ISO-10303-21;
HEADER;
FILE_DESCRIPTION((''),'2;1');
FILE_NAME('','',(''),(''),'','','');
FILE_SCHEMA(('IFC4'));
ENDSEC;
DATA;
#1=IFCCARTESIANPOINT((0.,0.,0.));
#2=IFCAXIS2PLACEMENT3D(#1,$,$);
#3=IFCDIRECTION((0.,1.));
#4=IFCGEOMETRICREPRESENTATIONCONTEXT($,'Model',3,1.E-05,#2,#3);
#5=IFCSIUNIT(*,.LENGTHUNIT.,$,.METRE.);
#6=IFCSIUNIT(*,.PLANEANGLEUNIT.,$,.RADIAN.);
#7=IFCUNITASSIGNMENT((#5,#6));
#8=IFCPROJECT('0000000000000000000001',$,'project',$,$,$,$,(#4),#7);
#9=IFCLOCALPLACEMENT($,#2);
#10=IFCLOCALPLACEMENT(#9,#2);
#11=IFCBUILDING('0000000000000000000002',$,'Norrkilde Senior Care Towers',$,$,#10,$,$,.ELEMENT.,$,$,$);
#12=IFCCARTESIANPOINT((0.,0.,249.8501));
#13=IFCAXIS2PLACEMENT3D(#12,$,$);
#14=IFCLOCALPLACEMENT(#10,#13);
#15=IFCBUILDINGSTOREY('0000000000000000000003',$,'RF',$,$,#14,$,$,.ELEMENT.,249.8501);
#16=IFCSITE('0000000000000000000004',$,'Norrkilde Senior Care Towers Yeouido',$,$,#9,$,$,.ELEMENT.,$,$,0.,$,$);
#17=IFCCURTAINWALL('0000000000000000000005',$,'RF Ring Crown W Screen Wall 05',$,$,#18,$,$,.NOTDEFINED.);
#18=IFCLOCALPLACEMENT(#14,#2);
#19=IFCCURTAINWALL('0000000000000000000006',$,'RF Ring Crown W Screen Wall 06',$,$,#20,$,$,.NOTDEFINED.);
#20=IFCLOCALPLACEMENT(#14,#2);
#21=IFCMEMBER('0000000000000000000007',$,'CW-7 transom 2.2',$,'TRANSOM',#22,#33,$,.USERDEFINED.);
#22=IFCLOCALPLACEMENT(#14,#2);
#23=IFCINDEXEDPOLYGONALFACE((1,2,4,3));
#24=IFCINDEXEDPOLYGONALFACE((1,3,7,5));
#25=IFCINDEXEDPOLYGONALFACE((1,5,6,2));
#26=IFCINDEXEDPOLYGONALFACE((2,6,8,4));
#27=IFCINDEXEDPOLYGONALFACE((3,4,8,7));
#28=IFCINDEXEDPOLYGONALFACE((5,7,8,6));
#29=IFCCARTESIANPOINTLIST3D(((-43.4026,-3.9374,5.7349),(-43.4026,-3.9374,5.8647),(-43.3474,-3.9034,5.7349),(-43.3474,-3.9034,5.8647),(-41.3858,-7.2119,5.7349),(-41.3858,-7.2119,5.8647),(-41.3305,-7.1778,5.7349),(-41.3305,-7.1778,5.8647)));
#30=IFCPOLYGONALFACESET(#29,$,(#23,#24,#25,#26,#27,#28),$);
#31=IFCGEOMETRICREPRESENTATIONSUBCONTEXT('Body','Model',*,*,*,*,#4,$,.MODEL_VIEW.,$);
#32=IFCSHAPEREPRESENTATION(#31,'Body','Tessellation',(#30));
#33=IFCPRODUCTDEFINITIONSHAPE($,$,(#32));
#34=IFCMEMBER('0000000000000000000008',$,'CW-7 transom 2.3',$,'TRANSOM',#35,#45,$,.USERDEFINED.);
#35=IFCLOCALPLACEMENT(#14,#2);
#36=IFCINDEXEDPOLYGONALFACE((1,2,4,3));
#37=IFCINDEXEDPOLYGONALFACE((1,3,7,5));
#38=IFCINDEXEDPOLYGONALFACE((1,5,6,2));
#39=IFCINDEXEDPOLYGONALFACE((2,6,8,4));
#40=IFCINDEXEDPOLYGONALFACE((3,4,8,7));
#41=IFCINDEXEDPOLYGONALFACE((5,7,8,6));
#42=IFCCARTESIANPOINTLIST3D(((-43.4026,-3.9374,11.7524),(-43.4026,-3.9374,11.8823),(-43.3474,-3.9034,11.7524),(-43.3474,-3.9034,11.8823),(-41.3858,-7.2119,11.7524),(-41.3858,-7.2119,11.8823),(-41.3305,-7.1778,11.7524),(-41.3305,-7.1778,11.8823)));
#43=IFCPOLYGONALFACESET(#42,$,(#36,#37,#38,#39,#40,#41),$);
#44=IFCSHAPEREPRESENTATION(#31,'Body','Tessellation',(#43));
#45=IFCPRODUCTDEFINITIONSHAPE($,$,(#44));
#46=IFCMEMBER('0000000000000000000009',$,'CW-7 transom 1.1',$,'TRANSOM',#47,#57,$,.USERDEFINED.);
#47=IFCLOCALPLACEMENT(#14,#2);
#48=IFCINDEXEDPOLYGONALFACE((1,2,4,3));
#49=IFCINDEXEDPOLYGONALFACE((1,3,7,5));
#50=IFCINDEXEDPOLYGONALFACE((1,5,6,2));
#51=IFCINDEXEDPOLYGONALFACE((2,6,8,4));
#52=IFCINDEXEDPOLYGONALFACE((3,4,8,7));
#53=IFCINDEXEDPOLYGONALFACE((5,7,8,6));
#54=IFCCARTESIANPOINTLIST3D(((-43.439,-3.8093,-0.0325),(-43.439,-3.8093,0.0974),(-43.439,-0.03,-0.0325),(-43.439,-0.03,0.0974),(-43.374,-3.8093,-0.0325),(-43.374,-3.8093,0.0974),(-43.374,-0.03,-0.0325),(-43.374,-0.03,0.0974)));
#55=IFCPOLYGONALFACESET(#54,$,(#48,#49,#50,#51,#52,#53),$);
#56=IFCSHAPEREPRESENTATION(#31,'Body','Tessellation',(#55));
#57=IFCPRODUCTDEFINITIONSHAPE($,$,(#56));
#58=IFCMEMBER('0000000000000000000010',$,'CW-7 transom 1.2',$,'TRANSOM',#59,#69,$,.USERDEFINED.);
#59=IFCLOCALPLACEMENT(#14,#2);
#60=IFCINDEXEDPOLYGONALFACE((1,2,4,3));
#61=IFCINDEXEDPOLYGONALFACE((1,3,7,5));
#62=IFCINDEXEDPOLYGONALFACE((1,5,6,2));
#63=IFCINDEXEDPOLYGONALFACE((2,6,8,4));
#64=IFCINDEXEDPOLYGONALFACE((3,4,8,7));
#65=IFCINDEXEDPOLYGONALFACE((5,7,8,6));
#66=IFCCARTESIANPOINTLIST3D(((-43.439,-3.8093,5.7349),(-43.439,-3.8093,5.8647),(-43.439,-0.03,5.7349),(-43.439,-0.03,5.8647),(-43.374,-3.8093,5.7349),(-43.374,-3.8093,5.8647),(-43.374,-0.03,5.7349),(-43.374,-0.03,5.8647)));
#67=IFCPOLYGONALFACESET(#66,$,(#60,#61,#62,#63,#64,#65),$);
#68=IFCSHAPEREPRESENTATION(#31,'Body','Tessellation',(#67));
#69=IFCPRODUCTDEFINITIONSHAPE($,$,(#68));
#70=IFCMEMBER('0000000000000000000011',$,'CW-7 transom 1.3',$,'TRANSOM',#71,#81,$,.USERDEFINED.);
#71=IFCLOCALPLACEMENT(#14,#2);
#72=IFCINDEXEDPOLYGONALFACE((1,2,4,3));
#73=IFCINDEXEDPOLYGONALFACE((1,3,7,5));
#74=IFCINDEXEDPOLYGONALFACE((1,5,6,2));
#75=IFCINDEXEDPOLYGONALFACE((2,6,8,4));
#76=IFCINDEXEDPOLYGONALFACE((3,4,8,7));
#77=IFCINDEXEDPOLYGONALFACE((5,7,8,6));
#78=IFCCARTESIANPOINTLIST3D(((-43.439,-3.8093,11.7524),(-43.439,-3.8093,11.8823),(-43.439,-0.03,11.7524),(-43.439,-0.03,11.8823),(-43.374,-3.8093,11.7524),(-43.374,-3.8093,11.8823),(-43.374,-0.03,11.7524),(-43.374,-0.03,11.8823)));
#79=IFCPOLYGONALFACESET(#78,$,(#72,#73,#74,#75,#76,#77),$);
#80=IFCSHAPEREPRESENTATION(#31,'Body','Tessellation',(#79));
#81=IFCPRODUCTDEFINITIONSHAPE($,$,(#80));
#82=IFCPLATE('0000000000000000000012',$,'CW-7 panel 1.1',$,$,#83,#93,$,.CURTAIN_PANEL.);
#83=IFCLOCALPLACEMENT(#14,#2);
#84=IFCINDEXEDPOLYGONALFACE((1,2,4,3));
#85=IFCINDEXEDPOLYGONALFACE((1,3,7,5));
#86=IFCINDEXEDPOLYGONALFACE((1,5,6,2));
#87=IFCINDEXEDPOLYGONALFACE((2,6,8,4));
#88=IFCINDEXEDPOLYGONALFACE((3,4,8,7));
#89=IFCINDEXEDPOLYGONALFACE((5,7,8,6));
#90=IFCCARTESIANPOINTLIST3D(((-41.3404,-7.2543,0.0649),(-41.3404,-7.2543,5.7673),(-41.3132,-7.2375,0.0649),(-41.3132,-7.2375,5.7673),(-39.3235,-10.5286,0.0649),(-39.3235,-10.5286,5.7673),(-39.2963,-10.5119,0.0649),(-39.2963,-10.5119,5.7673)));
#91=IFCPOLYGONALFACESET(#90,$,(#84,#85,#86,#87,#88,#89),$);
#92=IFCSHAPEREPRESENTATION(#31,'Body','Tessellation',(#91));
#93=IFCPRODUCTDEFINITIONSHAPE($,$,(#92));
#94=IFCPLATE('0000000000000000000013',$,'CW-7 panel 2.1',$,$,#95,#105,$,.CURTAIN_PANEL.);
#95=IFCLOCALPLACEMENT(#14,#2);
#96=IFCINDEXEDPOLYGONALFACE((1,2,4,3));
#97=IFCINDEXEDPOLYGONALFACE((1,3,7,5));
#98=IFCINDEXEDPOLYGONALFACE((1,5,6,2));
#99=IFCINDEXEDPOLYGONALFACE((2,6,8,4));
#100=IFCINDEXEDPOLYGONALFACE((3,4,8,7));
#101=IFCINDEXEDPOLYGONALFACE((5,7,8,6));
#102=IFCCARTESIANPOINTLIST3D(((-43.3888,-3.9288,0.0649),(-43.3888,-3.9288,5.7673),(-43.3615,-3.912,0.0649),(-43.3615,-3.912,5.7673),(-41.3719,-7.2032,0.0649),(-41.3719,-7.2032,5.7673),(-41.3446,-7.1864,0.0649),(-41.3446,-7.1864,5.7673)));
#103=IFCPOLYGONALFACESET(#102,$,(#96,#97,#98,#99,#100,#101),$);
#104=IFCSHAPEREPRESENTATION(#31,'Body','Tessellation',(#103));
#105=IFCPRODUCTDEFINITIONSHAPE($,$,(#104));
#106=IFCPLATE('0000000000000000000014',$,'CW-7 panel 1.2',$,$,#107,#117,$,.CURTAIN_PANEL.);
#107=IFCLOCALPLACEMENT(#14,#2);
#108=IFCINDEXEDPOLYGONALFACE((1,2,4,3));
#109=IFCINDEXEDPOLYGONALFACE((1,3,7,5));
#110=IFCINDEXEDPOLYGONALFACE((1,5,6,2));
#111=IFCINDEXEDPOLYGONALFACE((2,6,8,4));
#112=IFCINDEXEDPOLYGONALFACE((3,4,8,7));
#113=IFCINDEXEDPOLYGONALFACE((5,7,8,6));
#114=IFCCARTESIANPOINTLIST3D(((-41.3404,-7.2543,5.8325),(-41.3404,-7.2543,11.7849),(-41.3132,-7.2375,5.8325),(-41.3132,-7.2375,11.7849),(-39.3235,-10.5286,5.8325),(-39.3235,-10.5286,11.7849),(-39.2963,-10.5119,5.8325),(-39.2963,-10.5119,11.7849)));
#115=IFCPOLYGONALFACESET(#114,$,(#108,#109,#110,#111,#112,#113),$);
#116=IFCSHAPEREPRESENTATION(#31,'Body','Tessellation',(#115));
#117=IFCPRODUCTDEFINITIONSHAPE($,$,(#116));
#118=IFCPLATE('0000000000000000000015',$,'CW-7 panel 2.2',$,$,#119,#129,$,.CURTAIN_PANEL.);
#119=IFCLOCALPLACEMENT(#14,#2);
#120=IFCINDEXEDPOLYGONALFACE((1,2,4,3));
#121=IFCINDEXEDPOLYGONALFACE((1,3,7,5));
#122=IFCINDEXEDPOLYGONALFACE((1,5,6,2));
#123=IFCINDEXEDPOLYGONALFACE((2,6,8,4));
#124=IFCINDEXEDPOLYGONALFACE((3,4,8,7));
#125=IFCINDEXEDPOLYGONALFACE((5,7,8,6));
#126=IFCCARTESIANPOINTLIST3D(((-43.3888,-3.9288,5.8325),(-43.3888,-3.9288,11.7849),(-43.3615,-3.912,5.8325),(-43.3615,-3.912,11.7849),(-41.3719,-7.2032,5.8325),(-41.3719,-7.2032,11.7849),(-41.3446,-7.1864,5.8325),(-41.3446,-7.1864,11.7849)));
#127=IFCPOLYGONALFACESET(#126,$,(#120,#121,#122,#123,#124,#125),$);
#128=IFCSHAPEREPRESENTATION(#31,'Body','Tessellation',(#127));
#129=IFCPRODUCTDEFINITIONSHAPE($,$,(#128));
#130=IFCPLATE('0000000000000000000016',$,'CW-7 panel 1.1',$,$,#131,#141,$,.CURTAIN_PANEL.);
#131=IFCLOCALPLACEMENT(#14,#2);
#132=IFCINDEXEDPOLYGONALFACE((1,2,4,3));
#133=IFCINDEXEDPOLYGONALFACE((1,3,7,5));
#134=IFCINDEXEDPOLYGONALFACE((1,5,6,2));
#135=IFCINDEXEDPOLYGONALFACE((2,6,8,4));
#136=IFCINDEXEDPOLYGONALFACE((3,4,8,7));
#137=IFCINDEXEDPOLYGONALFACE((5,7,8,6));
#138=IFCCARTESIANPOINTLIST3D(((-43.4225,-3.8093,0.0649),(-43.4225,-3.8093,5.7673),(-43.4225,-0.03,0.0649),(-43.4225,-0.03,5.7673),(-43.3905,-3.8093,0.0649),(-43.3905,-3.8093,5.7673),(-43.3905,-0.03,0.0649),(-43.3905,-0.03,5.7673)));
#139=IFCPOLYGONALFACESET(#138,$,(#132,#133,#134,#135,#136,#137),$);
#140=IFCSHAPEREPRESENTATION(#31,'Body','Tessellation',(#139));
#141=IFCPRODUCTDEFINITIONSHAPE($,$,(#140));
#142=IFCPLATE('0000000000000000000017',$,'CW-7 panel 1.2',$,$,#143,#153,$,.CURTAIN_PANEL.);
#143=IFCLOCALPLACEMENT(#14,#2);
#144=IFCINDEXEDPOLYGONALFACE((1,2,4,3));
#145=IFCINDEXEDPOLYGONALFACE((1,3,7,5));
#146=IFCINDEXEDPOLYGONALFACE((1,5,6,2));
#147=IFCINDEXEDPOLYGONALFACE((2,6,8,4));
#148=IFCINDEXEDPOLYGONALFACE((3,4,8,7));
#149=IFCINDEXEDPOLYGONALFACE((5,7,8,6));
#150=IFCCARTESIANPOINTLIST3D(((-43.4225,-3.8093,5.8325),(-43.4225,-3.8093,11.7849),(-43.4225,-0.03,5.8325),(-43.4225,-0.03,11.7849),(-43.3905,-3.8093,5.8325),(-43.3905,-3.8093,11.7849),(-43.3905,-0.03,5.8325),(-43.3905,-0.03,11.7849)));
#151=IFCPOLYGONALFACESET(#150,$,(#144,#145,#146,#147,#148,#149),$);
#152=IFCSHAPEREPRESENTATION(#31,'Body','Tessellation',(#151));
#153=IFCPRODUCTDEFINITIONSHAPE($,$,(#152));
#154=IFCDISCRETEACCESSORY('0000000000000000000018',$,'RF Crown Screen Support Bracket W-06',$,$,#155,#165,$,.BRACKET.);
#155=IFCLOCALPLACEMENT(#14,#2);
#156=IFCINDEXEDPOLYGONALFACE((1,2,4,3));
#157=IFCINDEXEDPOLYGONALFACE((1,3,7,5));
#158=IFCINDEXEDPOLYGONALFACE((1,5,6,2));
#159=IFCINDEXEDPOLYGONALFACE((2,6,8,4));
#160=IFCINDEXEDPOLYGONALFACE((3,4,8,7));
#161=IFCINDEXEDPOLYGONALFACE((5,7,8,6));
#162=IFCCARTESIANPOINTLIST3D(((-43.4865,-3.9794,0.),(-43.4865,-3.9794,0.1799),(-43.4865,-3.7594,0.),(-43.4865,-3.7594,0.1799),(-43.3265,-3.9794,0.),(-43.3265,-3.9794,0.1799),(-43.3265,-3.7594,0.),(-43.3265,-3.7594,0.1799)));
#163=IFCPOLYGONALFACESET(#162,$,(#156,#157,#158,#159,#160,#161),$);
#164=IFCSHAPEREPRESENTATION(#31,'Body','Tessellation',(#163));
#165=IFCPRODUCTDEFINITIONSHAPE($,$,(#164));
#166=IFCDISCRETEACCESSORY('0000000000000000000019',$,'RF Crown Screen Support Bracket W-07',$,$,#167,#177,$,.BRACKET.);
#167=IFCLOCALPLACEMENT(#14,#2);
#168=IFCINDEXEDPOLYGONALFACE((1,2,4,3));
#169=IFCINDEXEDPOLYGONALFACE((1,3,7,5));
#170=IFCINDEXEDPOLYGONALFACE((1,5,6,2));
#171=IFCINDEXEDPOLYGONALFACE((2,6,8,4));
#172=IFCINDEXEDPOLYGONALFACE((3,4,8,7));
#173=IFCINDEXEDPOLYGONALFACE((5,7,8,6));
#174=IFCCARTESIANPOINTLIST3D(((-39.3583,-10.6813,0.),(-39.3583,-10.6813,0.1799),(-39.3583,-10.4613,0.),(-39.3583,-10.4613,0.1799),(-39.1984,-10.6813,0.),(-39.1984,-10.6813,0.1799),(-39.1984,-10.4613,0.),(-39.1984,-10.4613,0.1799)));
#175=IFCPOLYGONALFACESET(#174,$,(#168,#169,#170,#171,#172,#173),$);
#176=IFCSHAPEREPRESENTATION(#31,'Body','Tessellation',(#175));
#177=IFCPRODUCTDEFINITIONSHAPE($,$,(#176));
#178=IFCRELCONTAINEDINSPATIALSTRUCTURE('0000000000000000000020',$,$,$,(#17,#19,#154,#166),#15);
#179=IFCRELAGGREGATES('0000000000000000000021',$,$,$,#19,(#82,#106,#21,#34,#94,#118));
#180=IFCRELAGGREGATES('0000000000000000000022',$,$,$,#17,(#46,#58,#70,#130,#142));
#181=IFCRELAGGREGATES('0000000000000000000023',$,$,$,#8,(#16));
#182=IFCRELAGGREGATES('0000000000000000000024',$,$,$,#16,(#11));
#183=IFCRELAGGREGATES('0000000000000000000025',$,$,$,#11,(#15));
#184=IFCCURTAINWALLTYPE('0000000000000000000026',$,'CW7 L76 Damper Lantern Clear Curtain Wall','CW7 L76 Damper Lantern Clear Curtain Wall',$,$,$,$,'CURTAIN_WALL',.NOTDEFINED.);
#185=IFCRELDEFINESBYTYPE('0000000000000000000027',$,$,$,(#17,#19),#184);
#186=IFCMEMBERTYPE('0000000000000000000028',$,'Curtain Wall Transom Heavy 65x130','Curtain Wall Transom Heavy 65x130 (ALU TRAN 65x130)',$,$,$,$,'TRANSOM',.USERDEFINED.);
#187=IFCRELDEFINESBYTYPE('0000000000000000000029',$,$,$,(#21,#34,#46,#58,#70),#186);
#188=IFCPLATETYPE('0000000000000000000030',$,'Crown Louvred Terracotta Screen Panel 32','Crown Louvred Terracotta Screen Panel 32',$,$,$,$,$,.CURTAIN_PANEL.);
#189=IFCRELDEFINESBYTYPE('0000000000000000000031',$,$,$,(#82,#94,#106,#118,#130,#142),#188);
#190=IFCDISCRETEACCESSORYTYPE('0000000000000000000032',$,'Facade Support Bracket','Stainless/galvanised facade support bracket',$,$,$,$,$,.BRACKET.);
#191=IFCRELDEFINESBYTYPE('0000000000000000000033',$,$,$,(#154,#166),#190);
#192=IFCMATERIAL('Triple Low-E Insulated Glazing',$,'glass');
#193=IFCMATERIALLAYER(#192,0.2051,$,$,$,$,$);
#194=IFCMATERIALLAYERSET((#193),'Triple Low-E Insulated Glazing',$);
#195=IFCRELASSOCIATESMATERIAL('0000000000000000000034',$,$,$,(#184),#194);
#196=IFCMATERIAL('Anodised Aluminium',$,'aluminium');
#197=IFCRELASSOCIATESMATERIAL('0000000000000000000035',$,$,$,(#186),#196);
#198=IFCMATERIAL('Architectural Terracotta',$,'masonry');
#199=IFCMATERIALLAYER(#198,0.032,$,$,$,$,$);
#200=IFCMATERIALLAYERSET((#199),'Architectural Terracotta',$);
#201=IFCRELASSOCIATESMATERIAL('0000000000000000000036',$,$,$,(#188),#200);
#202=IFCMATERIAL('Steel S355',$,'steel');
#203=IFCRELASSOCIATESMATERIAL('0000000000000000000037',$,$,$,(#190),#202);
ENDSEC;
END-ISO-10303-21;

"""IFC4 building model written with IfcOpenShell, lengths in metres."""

from ifc_helpers import new_model, si_unit, direction, frame, origin, origin_2d, place, context, subcontext, project, spatial, rectangle, extrude, source, transform, mapped, material, layer, layer_set, material_profile, profile_set, type_object, type_shapes, element, aggregate, save


model = new_model("IFC4")

# Units and contexts
model_context = context("Model", 3, precision=1e-05, world=origin(), true_north=direction((0.0, 1.0)))
body_context = subcontext(model_context, "Body", "Model", "MODEL_VIEW")
ifc_project = project(units=[si_unit("LENGTHUNIT", "METRE"), si_unit("PLANEANGLEUNIT", "RADIAN")], contexts=[model_context])

# Site, building, storey
site_placement = place(None, origin())
site = spatial("IfcSite", under=ifc_project, at=site_placement, Name="Norrkilde Senior Care Towers Yeouido", CompositionType="ELEMENT", RefElevation=0.0)
building_placement = place(site_placement, origin())
building = spatial("IfcBuilding", under=site, at=building_placement, Name="Norrkilde Senior Care Towers", CompositionType="ELEMENT")
storey_placement = place(building_placement, frame((0.0, 0.0, 249.8501)))
storey = spatial("IfcBuildingStorey", under=building, at=storey_placement, Name="RF", CompositionType="ELEMENT", Elevation=249.8501)

# Shared definitions
ifc_material_1 = material(Name="Steel S355", Category="steel")

# Curtain walls
ifc_material_2 = material(Name="Triple Low-E Insulated Glazing", Category="glass")
ifc_layer_1 = layer(ifc_material_2, 0.2051)
ifc_layer_set_1 = layer_set([ifc_layer_1], Name="Triple Low-E Insulated Glazing")
curtain_wall_type = type_object("IfcCurtainWallType", Name="CW7 L76 Damper Lantern Clear Curtain Wall", Description="CW7 L76 Damper Lantern Clear Curtain Wall", ElementType="CURTAIN_WALL", PredefinedType="NOTDEFINED", material=ifc_layer_set_1)
curtain_wall_1_placement = place(storey_placement, origin())
curtain_wall_1 = element("IfcCurtainWall", 1, at=curtain_wall_1_placement, inside=storey, type_object=curtain_wall_type, Name="RF Ring Crown W Screen Wall 05", PredefinedType="NOTDEFINED")
ifc_material_3 = material(Name="Anodised Aluminium", Category="aluminium")
curtain_wall_2_placement = place(storey_placement, origin())
curtain_wall_2 = element("IfcCurtainWall", 2, at=curtain_wall_2_placement, inside=storey, type_object=curtain_wall_type, Name="RF Ring Crown W Screen Wall 06", PredefinedType="NOTDEFINED")

# Members
ifc_material_profile_1 = material_profile(ifc_material_3, rectangle(XDim=0.0649, YDim=0.1299, at=origin_2d()), Name="ALU TRAN 65x130")
ifc_profile_set_1 = profile_set([ifc_material_profile_1], Name="Anodised Aluminium")
member_type_1 = type_object("IfcMemberType", Name="Curtain Wall Transom Heavy 65x130", Description="Curtain Wall Transom Heavy 65x130 (ALU TRAN 65x130)", ElementType="TRANSOM", PredefinedType="USERDEFINED", material=ifc_profile_set_1)
shared_shape_1 = source(origin(), body_context, "Body", "SweptSolid", [
    extrude(rectangle(XDim=0.0649, YDim=0.1299, at=origin_2d()), origin(), (0.0, 0.0, 1.0), 3.8457),
])
member_1_placement = place(storey_placement, frame((-41.3582, -7.1948, 5.7998), z_axis=(-0.524441, 0.851447, 0.0), x_axis=(-0.851447, -0.524441, 0.0)))
member_1 = element("IfcMember", 3, at=member_1_placement, type_object=member_type_1, Name="CW-7 transom 2.2", ObjectType="TRANSOM", PredefinedType="USERDEFINED", context=body_context, shape_type="MappedRepresentation", body=[
    mapped(shared_shape_1, transform((0.0, 0.0, 0.0), x_axis=(1.0, 0.0, 0.0), y_axis=(0.0, 1.0, 0.0), z_axis=(0.0, 0.0, 1.0), scale=1.0)),
])
member_2_placement = place(storey_placement, frame((-41.3582, -7.1948, 11.8174), z_axis=(-0.524441, 0.851447, 0.0), x_axis=(-0.851447, -0.524441, 0.0)))
member_2 = element("IfcMember", 4, at=member_2_placement, type_object=member_type_1, Name="CW-7 transom 2.3", ObjectType="TRANSOM", PredefinedType="USERDEFINED", context=body_context, shape_type="MappedRepresentation", body=[
    mapped(shared_shape_1, transform((0.0, 0.0, 0.0), x_axis=(1.0, 0.0, 0.0), y_axis=(0.0, 1.0, 0.0), z_axis=(0.0, 0.0, 1.0), scale=1.0)),
])
shared_shape_2 = source(origin(), body_context, "Body", "SweptSolid", [
    extrude(rectangle(XDim=0.0649, YDim=0.1299, at=origin_2d()), origin(), (0.0, 0.0, 1.0), 3.7793),
])
type_shapes(member_type_1, [shared_shape_1, shared_shape_2])
member_3_placement = place(storey_placement, frame((-43.4065, -3.8093, 0.0325), z_axis=(0.0, 1.0, 0.0), x_axis=(-1.0, 0.0, 0.0)))
member_3 = element("IfcMember", 5, at=member_3_placement, type_object=member_type_1, Name="CW-7 transom 1.1", ObjectType="TRANSOM", PredefinedType="USERDEFINED", context=body_context, shape_type="MappedRepresentation", body=[
    mapped(shared_shape_2, transform((0.0, 0.0, 0.0), x_axis=(1.0, 0.0, 0.0), y_axis=(0.0, 1.0, 0.0), z_axis=(0.0, 0.0, 1.0), scale=1.0)),
])
member_4_placement = place(storey_placement, frame((-43.4065, -3.8093, 5.7998), z_axis=(0.0, 1.0, 0.0), x_axis=(-1.0, 0.0, 0.0)))
member_4 = element("IfcMember", 6, at=member_4_placement, type_object=member_type_1, Name="CW-7 transom 1.2", ObjectType="TRANSOM", PredefinedType="USERDEFINED", context=body_context, shape_type="MappedRepresentation", body=[
    mapped(shared_shape_2, transform((0.0, 0.0, 0.0), x_axis=(1.0, 0.0, 0.0), y_axis=(0.0, 1.0, 0.0), z_axis=(0.0, 0.0, 1.0), scale=1.0)),
])
member_5_placement = place(storey_placement, frame((-43.4065, -3.8093, 11.8174), z_axis=(0.0, 1.0, 0.0), x_axis=(-1.0, 0.0, 0.0)))
member_5 = element("IfcMember", 7, at=member_5_placement, type_object=member_type_1, Name="CW-7 transom 1.3", ObjectType="TRANSOM", PredefinedType="USERDEFINED", context=body_context, shape_type="MappedRepresentation", body=[
    mapped(shared_shape_2, transform((0.0, 0.0, 0.0), x_axis=(1.0, 0.0, 0.0), y_axis=(0.0, 1.0, 0.0), z_axis=(0.0, 0.0, 1.0), scale=1.0)),
])

# Plates
ifc_material_4 = material(Name="Architectural Terracotta", Category="masonry")
ifc_layer_2 = layer(ifc_material_4, 0.032)
ifc_layer_set_2 = layer_set([ifc_layer_2], Name="Architectural Terracotta")
plate_type = type_object("IfcPlateType", Name="Crown Louvred Terracotta Screen Panel 32", Description="Crown Louvred Terracotta Screen Panel 32", PredefinedType="CURTAIN_PANEL", material=ifc_layer_set_2)
shared_shape_3 = source(origin(), body_context, "Body", "SweptSolid", [
    extrude(rectangle(XDim=3.8457, YDim=0.032, at=origin_2d()), origin(), (0.0, 0.0, 1.0), 5.7024),
])
plate_1_placement = place(storey_placement, frame((-40.3184, -8.8831, 0.0649), z_axis=(0.0, 0.0, 1.0), x_axis=(-0.524458, 0.851436, 0.0)))
plate_1 = element("IfcPlate", 8, at=plate_1_placement, type_object=plate_type, Name="CW-7 panel 1.1", PredefinedType="CURTAIN_PANEL", context=body_context, shape_type="MappedRepresentation", body=[
    mapped(shared_shape_3, transform((0.0, 0.0, 0.0), x_axis=(1.0, 0.0, 0.0), y_axis=(0.0, 1.0, 0.0), z_axis=(0.0, 0.0, 1.0), scale=1.0)),
])
plate_2_placement = place(storey_placement, frame((-42.3667, -5.5576, 0.0649), z_axis=(0.0, 0.0, 1.0), x_axis=(-0.524458, 0.851436, 0.0)))
plate_2 = element("IfcPlate", 9, at=plate_2_placement, type_object=plate_type, Name="CW-7 panel 2.1", PredefinedType="CURTAIN_PANEL", context=body_context, shape_type="MappedRepresentation", body=[
    mapped(shared_shape_3, transform((0.0, 0.0, 0.0), x_axis=(1.0, 0.0, 0.0), y_axis=(0.0, 1.0, 0.0), z_axis=(0.0, 0.0, 1.0), scale=1.0)),
])
shared_shape_4 = source(origin(), body_context, "Body", "SweptSolid", [
    extrude(rectangle(XDim=3.8457, YDim=0.032, at=origin_2d()), origin(), (0.0, 0.0, 1.0), 5.9524),
])
plate_3_placement = place(storey_placement, frame((-40.3184, -8.8831, 5.8325), z_axis=(0.0, 0.0, 1.0), x_axis=(-0.524458, 0.851436, 0.0)))
plate_3 = element("IfcPlate", 10, at=plate_3_placement, type_object=plate_type, Name="CW-7 panel 1.2", PredefinedType="CURTAIN_PANEL", context=body_context, shape_type="MappedRepresentation", body=[
    mapped(shared_shape_4, transform((0.0, 0.0, 0.0), x_axis=(1.0, 0.0, 0.0), y_axis=(0.0, 1.0, 0.0), z_axis=(0.0, 0.0, 1.0), scale=1.0)),
])
plate_4_placement = place(storey_placement, frame((-42.3667, -5.5576, 5.8325), z_axis=(0.0, 0.0, 1.0), x_axis=(-0.524458, 0.851436, 0.0)))
plate_4 = element("IfcPlate", 11, at=plate_4_placement, type_object=plate_type, Name="CW-7 panel 2.2", PredefinedType="CURTAIN_PANEL", context=body_context, shape_type="MappedRepresentation", body=[
    mapped(shared_shape_4, transform((0.0, 0.0, 0.0), x_axis=(1.0, 0.0, 0.0), y_axis=(0.0, 1.0, 0.0), z_axis=(0.0, 0.0, 1.0), scale=1.0)),
])
aggregate(curtain_wall_2, [plate_1, plate_3, member_1, member_2, plate_2, plate_4])
shared_shape_5 = source(origin(), body_context, "Body", "SweptSolid", [
    extrude(rectangle(XDim=3.7793, YDim=0.032, at=origin_2d()), origin(), (0.0, 0.0, 1.0), 5.7024),
])
plate_5_placement = place(storey_placement, frame((-43.4065, -1.9197, 0.0649), z_axis=(0.0, 0.0, 1.0), x_axis=(0.0, 1.0, 0.0)))
plate_5 = element("IfcPlate", 12, at=plate_5_placement, type_object=plate_type, Name="CW-7 panel 1.1", PredefinedType="CURTAIN_PANEL", context=body_context, shape_type="MappedRepresentation", body=[
    mapped(shared_shape_5, transform((0.0, 0.0, 0.0), x_axis=(1.0, 0.0, 0.0), y_axis=(0.0, 1.0, 0.0), z_axis=(0.0, 0.0, 1.0), scale=1.0)),
])
shared_shape_6 = source(origin(), body_context, "Body", "SweptSolid", [
    extrude(rectangle(XDim=3.7793, YDim=0.032, at=origin_2d()), origin(), (0.0, 0.0, 1.0), 5.9524),
])
type_shapes(plate_type, [shared_shape_3, shared_shape_4, shared_shape_5, shared_shape_6])
plate_6_placement = place(storey_placement, frame((-43.4065, -1.9197, 5.8325), z_axis=(0.0, 0.0, 1.0), x_axis=(0.0, 1.0, 0.0)))
plate_6 = element("IfcPlate", 13, at=plate_6_placement, type_object=plate_type, Name="CW-7 panel 1.2", PredefinedType="CURTAIN_PANEL", context=body_context, shape_type="MappedRepresentation", body=[
    mapped(shared_shape_6, transform((0.0, 0.0, 0.0), x_axis=(1.0, 0.0, 0.0), y_axis=(0.0, 1.0, 0.0), z_axis=(0.0, 0.0, 1.0), scale=1.0)),
])
aggregate(curtain_wall_1, [member_3, member_4, member_5, plate_5, plate_6])

# Discrete accessories
discrete_accessory_type = type_object("IfcDiscreteAccessoryType", Name="Facade Support Bracket", Description="Stainless/galvanised facade support bracket", PredefinedType="BRACKET", material=ifc_material_1)
shared_shape_7 = source(origin(), body_context, "Body", "SweptSolid", [
    extrude(rectangle(XDim=0.1599, YDim=0.22, at=origin_2d()), origin(), (0.0, 0.0, 1.0), 0.1799),
])
type_shapes(discrete_accessory_type, [shared_shape_7])
for number, where, z_axis, x_axis, name in (
    (14, (-43.4065, -3.8694, 0.0), (0.0, 0.0, 1.0), (1.0, 0.0, 0.0), "RF Crown Screen Support Bracket W-06"),
    (15, (-39.2783, -10.5713, 0.0), (0.0, 0.0, 1.0), (1.0, 0.0, 0.0), "RF Crown Screen Support Bracket W-07"),
):
    element("IfcDiscreteAccessory", number, at=place(storey_placement, frame(where, z_axis=z_axis, x_axis=x_axis)), inside=storey, type_object=discrete_accessory_type, Name=name, PredefinedType="BRACKET", context=body_context, shape_type="MappedRepresentation", body=[
        mapped(shared_shape_7, transform((0.0, 0.0, 0.0), x_axis=(1.0, 0.0, 0.0), y_axis=(0.0, 1.0, 0.0), z_axis=(0.0, 0.0, 1.0), scale=1.0)),
    ])

save(model, "model.ifc")
